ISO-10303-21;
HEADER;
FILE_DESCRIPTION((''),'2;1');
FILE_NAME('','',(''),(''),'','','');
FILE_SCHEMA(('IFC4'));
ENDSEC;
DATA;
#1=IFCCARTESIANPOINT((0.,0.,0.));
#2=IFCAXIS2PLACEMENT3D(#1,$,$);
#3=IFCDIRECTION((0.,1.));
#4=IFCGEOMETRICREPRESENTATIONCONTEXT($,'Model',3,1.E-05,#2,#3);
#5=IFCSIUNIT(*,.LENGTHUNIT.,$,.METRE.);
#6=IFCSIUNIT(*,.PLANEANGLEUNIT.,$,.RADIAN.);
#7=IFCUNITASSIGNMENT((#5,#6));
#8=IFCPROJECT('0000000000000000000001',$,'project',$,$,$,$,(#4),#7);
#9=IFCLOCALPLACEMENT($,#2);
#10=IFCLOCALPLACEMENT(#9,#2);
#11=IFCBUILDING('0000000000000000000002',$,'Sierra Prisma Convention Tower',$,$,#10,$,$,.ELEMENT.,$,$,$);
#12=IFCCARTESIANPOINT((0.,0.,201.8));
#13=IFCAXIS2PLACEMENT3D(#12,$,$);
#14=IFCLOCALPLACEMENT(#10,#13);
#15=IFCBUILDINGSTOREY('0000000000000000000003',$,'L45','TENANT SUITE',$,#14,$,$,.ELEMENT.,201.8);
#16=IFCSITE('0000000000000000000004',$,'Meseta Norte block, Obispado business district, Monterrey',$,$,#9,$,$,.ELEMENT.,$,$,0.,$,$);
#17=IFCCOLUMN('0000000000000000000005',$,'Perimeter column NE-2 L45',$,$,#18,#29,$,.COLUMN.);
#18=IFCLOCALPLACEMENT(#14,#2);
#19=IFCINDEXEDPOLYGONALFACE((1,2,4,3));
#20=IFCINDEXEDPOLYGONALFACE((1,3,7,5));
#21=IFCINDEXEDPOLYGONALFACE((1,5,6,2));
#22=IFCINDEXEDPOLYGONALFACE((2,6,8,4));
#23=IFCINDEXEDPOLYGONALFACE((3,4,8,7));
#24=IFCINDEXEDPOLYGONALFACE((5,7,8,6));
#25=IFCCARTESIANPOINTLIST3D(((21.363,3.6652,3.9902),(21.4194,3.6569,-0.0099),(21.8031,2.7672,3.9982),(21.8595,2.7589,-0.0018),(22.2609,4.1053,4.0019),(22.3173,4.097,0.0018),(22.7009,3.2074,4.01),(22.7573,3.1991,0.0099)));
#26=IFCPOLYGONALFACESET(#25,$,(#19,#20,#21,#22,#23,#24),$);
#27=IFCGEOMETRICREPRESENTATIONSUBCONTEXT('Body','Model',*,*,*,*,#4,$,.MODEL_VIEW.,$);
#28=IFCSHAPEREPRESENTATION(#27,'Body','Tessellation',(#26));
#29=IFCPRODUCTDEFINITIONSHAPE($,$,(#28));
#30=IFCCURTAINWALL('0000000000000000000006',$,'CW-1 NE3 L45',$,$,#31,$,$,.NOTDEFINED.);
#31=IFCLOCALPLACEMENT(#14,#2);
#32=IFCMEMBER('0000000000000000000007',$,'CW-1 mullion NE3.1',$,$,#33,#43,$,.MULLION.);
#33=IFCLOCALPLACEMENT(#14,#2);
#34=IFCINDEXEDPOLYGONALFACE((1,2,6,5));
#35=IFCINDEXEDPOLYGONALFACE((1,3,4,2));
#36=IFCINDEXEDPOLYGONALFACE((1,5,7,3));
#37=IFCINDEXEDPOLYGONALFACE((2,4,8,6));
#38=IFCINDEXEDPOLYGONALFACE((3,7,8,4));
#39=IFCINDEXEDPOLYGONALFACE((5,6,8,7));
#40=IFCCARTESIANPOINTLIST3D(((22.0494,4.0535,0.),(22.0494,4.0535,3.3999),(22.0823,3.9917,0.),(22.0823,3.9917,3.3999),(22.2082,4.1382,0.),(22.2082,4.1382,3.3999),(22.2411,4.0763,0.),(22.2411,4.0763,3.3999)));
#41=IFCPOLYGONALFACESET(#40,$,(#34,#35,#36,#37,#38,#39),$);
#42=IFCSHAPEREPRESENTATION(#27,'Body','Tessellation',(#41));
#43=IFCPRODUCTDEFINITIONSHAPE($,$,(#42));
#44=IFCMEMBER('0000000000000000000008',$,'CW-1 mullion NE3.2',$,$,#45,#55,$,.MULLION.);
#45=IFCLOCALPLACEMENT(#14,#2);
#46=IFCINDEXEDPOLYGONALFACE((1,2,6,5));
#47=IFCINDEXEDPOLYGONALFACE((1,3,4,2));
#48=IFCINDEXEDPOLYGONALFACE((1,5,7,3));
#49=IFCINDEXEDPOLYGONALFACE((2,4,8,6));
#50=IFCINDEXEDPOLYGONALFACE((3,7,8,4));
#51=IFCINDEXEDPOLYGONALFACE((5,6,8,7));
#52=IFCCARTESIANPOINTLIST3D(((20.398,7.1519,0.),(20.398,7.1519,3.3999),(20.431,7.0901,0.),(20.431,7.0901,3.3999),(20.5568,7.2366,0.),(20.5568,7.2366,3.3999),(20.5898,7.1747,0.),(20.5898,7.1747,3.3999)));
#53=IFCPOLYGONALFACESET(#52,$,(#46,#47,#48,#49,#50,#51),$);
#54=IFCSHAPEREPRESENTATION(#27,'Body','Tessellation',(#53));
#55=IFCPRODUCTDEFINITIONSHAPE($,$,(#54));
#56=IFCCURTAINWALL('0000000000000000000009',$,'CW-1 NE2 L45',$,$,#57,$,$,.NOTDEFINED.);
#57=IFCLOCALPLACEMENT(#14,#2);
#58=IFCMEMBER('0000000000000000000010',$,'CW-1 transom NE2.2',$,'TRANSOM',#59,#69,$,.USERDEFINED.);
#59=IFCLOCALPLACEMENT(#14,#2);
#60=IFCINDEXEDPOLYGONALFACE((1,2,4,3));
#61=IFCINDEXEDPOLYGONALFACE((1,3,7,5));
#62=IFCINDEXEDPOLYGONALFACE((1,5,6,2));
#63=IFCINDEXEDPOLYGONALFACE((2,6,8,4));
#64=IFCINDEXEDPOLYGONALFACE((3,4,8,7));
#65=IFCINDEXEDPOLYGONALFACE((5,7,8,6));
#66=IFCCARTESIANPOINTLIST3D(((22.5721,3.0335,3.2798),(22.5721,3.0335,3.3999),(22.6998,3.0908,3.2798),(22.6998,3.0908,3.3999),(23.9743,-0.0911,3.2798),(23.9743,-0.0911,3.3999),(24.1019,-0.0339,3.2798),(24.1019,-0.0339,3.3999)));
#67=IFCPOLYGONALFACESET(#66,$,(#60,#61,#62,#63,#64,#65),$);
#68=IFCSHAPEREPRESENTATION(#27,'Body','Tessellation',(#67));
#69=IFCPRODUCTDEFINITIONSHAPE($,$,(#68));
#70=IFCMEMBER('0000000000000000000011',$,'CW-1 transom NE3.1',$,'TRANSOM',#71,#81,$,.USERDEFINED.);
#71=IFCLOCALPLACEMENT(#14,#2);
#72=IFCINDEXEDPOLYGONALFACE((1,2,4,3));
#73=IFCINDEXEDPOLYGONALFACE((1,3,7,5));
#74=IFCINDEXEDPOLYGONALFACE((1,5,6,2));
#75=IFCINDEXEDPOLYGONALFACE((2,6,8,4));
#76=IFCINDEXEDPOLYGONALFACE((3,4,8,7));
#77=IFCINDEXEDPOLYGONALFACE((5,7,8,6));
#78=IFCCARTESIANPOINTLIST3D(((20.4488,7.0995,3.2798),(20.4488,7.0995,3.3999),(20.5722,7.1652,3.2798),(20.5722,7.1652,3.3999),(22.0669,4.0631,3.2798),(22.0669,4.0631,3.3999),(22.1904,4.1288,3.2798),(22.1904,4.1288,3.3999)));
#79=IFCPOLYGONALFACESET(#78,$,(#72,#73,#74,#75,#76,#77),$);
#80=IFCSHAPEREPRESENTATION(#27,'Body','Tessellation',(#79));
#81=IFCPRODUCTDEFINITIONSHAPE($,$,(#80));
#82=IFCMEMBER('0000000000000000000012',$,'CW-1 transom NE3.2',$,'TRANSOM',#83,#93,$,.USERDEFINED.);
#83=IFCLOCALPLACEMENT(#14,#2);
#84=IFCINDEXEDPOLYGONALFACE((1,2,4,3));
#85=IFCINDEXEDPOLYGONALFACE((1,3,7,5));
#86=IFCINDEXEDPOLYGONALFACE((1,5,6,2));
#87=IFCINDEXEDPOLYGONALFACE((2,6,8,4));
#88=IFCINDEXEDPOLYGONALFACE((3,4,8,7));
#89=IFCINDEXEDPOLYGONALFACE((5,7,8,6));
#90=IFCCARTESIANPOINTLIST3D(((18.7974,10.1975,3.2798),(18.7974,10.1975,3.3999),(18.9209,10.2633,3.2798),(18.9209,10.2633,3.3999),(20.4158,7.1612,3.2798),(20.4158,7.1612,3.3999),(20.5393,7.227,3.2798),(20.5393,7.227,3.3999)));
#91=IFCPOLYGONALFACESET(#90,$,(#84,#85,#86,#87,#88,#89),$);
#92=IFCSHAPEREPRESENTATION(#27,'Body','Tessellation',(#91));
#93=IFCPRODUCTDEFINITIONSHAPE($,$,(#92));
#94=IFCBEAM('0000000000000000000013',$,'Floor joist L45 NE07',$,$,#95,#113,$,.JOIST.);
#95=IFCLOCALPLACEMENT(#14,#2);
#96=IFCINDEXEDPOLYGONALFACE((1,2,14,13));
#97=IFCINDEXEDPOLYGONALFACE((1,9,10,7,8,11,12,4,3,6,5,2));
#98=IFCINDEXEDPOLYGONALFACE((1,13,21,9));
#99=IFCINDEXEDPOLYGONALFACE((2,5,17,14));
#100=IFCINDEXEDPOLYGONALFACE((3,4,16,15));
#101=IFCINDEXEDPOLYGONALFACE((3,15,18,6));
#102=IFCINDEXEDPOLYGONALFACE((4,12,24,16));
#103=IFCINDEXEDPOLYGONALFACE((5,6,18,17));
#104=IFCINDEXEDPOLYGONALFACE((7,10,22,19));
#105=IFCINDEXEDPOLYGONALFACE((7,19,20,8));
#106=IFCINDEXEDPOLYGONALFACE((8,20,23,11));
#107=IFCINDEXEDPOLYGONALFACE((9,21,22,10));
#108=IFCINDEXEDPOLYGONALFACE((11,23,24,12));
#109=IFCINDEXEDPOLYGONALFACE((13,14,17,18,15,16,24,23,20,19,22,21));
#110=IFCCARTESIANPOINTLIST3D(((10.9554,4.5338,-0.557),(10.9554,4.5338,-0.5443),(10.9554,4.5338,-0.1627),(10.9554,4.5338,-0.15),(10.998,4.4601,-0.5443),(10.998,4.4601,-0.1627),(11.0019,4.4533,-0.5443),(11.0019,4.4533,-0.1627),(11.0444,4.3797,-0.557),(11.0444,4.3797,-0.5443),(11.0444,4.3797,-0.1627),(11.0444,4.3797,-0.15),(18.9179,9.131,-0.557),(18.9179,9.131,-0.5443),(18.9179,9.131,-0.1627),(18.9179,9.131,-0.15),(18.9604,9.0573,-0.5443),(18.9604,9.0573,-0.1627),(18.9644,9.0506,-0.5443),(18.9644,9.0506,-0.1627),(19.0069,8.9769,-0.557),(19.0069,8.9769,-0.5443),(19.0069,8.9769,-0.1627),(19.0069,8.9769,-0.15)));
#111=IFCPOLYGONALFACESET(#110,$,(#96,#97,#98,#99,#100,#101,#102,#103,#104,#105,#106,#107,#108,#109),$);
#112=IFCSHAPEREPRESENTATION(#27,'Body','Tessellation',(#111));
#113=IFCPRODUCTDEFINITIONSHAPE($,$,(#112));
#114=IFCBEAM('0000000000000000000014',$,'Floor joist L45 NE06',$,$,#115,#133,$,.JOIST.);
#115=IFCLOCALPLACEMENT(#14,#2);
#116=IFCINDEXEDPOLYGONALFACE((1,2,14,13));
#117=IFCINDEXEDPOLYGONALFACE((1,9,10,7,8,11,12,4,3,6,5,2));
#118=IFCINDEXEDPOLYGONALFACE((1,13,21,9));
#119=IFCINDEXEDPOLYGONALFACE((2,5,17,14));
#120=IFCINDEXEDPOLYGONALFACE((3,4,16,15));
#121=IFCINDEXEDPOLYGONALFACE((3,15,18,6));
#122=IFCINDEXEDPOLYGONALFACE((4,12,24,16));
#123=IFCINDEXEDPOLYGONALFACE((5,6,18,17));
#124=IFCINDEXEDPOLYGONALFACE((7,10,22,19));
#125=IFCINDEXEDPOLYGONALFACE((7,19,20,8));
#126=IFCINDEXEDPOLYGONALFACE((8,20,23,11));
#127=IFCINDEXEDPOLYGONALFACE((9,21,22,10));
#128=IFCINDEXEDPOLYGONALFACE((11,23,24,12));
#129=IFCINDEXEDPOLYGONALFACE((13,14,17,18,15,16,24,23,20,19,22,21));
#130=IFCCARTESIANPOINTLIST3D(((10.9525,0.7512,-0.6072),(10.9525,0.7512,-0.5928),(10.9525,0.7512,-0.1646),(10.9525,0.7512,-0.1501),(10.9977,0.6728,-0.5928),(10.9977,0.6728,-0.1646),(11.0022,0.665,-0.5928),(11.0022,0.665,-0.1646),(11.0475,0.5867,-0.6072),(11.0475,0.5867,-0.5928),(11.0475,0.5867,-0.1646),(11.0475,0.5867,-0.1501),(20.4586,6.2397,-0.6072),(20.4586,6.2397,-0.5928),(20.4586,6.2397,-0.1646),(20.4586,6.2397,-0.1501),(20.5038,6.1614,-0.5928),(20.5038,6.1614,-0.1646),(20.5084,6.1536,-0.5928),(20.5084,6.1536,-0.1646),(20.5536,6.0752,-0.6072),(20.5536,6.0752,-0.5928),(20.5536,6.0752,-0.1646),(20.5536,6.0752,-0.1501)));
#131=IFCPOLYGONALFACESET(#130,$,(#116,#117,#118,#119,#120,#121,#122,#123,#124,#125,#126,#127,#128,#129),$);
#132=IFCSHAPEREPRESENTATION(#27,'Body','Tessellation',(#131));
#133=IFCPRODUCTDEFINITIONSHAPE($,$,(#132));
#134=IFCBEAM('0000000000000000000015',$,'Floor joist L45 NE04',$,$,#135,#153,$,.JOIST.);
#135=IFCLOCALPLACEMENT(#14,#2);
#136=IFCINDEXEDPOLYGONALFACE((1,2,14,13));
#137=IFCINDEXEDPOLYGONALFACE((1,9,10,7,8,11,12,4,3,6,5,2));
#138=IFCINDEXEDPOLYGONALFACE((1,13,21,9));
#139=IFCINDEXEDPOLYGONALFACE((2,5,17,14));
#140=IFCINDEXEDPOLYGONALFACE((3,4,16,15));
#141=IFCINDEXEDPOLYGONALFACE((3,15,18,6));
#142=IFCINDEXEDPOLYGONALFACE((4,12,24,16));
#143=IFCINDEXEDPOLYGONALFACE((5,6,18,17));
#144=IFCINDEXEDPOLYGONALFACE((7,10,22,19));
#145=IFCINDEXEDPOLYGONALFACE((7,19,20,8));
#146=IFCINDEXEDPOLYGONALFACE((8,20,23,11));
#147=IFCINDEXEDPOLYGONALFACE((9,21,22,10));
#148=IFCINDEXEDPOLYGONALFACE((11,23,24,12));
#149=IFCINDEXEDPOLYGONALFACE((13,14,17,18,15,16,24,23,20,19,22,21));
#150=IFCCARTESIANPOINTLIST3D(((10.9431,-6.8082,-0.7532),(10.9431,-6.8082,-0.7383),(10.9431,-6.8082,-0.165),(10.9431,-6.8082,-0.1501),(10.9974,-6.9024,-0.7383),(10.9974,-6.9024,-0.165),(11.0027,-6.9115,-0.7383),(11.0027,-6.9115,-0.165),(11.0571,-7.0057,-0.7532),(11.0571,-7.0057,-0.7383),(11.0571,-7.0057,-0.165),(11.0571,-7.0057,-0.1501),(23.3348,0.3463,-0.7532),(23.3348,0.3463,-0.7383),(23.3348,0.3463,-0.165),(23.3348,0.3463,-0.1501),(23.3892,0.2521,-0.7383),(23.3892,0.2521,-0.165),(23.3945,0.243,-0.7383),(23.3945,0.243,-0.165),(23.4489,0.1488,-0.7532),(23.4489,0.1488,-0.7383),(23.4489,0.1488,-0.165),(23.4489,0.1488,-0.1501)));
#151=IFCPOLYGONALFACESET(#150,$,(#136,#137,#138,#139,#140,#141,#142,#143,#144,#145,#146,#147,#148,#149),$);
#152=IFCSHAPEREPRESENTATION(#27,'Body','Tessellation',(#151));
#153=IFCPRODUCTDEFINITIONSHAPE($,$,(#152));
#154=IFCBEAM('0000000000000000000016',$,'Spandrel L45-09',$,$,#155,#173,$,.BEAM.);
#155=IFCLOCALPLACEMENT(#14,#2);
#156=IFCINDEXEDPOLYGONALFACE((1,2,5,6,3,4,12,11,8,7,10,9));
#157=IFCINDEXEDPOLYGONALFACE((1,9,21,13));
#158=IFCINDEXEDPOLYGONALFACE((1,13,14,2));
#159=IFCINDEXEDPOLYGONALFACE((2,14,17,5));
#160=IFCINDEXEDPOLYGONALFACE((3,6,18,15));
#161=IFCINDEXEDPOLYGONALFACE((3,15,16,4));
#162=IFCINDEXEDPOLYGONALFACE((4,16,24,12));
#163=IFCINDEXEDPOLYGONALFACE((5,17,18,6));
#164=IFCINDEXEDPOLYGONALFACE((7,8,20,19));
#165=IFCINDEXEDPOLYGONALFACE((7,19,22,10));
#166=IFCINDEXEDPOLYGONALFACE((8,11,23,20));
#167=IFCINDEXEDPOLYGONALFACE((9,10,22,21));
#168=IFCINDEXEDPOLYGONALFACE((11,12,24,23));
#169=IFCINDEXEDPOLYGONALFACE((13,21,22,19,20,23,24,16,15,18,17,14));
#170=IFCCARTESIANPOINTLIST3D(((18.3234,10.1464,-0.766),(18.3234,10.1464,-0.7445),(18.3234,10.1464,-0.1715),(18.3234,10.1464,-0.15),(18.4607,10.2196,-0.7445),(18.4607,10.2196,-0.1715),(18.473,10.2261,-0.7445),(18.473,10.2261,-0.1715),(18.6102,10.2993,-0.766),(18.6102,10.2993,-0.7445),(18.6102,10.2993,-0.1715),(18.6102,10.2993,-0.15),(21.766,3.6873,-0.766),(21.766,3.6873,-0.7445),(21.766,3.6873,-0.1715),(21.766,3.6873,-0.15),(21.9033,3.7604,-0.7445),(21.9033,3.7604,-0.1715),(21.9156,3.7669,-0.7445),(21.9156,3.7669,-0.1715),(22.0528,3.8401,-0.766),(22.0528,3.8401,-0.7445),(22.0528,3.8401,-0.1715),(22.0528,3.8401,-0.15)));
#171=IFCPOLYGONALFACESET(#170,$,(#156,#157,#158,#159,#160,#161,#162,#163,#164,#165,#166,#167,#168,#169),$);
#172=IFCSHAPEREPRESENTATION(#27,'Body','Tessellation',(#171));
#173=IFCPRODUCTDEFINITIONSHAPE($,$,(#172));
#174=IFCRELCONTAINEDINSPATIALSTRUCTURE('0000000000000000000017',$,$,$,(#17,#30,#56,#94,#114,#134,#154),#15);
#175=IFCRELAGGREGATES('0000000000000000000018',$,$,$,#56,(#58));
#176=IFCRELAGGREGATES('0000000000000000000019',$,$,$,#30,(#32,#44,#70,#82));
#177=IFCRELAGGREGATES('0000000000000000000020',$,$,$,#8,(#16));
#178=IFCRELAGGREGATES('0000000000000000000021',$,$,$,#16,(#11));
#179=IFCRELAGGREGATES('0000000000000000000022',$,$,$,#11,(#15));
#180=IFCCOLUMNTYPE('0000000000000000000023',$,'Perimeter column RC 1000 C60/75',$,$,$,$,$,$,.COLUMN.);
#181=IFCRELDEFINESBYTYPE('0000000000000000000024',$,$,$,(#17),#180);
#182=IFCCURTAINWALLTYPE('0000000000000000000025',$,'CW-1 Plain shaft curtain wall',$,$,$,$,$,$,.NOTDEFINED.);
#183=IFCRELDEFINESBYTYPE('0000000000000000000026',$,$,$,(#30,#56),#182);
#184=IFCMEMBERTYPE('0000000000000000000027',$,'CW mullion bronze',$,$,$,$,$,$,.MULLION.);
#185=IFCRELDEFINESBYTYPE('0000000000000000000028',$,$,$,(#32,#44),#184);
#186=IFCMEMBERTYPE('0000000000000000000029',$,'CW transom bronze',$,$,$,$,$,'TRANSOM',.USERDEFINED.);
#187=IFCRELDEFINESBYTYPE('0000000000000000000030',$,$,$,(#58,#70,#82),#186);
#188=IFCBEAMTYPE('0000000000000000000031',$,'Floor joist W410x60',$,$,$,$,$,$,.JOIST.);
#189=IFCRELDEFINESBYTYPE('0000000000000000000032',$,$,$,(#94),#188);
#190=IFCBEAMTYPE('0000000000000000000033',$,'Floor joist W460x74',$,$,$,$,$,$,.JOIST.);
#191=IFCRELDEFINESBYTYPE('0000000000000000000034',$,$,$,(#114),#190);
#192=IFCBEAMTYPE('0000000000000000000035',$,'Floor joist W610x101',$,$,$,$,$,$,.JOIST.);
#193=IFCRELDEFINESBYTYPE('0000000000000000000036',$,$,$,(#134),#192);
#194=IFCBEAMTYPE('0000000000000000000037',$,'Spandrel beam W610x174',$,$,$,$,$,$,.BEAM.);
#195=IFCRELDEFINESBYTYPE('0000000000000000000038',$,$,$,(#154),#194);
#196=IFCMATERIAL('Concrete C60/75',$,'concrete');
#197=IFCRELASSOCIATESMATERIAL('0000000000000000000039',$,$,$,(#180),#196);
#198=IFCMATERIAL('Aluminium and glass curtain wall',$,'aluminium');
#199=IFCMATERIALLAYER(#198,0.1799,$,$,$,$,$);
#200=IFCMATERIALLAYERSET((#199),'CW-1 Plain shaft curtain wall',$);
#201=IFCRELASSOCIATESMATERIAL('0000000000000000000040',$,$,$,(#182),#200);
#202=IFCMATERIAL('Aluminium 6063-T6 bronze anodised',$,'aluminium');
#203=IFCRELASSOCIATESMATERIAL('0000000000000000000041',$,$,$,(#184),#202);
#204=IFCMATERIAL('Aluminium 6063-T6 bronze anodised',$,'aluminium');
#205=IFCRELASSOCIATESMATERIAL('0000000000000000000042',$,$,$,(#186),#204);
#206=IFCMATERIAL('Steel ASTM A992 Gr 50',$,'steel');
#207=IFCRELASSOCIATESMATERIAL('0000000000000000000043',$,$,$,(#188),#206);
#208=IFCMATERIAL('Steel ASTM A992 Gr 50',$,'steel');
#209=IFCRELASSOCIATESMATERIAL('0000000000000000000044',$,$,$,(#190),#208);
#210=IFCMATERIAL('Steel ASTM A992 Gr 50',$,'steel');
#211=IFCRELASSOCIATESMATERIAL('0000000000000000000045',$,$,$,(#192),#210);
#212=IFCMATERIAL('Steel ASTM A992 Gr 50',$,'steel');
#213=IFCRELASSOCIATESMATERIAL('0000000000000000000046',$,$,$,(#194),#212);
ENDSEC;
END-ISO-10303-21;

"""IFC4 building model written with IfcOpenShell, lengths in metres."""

from ifc_helpers import new_model, si_unit, direction, frame, origin, origin_2d, place, context, subcontext, project, spatial, rectangle, i_section, extrude, material, layer, layer_set, material_profile, profile_set, type_object, element, aggregate, save


model = new_model("IFC4")

# Units and contexts
model_context = context("Model", 3, precision=1e-05, world=origin(), true_north=direction((0.0, 1.0)))
body_context = subcontext(model_context, "Body", "Model", "MODEL_VIEW")
ifc_project = project(units=[si_unit("LENGTHUNIT", "METRE"), si_unit("PLANEANGLEUNIT", "RADIAN")], contexts=[model_context])

# Site, building, storey
site_placement = place(None, origin())
site = spatial("IfcSite", under=ifc_project, at=site_placement, Name="Meseta Norte block, Obispado business district, Monterrey", CompositionType="ELEMENT", RefElevation=0.0)
building_placement = place(site_placement, origin())
building = spatial("IfcBuilding", under=site, at=building_placement, Name="Sierra Prisma Convention Tower", CompositionType="ELEMENT")
storey_placement = place(building_placement, frame((0.0, 0.0, 201.8)))
storey = spatial("IfcBuildingStorey", under=building, at=storey_placement, Name="L45", Description="TENANT SUITE", CompositionType="ELEMENT", Elevation=201.8)

# Column
ifc_material_1 = material(Name="Concrete C60/75", Category="concrete")
ifc_material_profile_1 = material_profile(ifc_material_1, rectangle(XDim=1.0, YDim=1.0, at=origin_2d()), Name="Perimeter column RC 1000 C60/75")
ifc_profile_set_1 = profile_set([ifc_material_profile_1], Name="Concrete C60/75")
column_type = type_object("IfcColumnType", Name="Perimeter column RC 1000 C60/75", PredefinedType="COLUMN", material=ifc_profile_set_1)
column_placement = place(storey_placement, frame((22.0884, 3.428, 0.0), z_axis=(-0.014098, 0.002075, 0.999898), x_axis=(-0.440091, 0.897917, -0.008068)))
element("IfcColumn", 1, at=column_placement, inside=storey, type_object=column_type, Name="Perimeter column NE-2 L45", PredefinedType="COLUMN", context=body_context, shape_type="SweptSolid", body=[
    extrude(rectangle(XDim=1.0, YDim=1.0, at=origin_2d()), origin(), (0.0, 0.0, 1.0), 4.0005),
])

# Curtain wall, members
ifc_material_2 = material(Name="Aluminium and glass curtain wall", Category="aluminium")
ifc_layer_1 = layer(ifc_material_2, 0.1799)
ifc_layer_set_1 = layer_set([ifc_layer_1], Name="CW-1 Plain shaft curtain wall")
curtain_wall_type = type_object("IfcCurtainWallType", Name="CW-1 Plain shaft curtain wall", PredefinedType="NOTDEFINED", material=ifc_layer_set_1)
curtain_wall_1_placement = place(storey_placement, origin())
curtain_wall_1 = element("IfcCurtainWall", 2, at=curtain_wall_1_placement, inside=storey, type_object=curtain_wall_type, Name="CW-1 NE3 L45", PredefinedType="NOTDEFINED")
ifc_material_3 = material(Name="Aluminium 6063-T6 bronze anodised", Category="aluminium")
ifc_material_profile_2 = material_profile(ifc_material_3, rectangle(XDim=0.1799, YDim=0.0701, at=origin_2d()), Name="ALU MULLION 70x180")
ifc_profile_set_2 = profile_set([ifc_material_profile_2], Name="Aluminium 6063-T6 bronze anodised")
member_type_1 = type_object("IfcMemberType", Name="CW mullion bronze", PredefinedType="MULLION", material=ifc_profile_set_2)
member_1_placement = place(storey_placement, frame((22.1453, 4.0649, 0.0), z_axis=(0.0, 0.0, 1.0), x_axis=(-0.882486, -0.470338, 0.0)))
member_1 = element("IfcMember", 3, at=member_1_placement, type_object=member_type_1, Name="CW-1 mullion NE3.1", PredefinedType="MULLION", context=body_context, shape_type="SweptSolid", body=[
    extrude(rectangle(XDim=0.1799, YDim=0.0701, at=origin_2d()), origin(), (0.0, 0.0, 1.0), 3.3999),
])
member_2_placement = place(storey_placement, frame((20.4939, 7.1633, 0.0), z_axis=(0.0, 0.0, 1.0), x_axis=(-0.882486, -0.470338, 0.0)))
member_2 = element("IfcMember", 4, at=member_2_placement, type_object=member_type_1, Name="CW-1 mullion NE3.2", PredefinedType="MULLION", context=body_context, shape_type="SweptSolid", body=[
    extrude(rectangle(XDim=0.1799, YDim=0.0701, at=origin_2d()), origin(), (0.0, 0.0, 1.0), 3.3999),
])

# Curtain wall, member
curtain_wall_2_placement = place(storey_placement, origin())
curtain_wall_2 = element("IfcCurtainWall", 5, at=curtain_wall_2_placement, inside=storey, type_object=curtain_wall_type, Name="CW-1 NE2 L45", PredefinedType="NOTDEFINED")
ifc_material_4 = material(Name="Aluminium 6063-T6 bronze anodised", Category="aluminium")
ifc_material_profile_3 = material_profile(ifc_material_4, rectangle(XDim=0.1399, YDim=0.1201, at=origin_2d()), Name="ALU TRANSOM 120x140")
ifc_profile_set_3 = profile_set([ifc_material_profile_3], Name="Aluminium 6063-T6 bronze anodised")
member_type_2 = type_object("IfcMemberType", Name="CW transom bronze", ElementType="TRANSOM", PredefinedType="USERDEFINED", material=ifc_profile_set_3)
member_3_placement = place(storey_placement, frame((24.0381, -0.0625, 3.3398), z_axis=(-0.40941, 0.912351, 0.0), x_axis=(-0.912351, -0.40941, 0.0)))
member_3 = element("IfcMember", 6, at=member_3_placement, type_object=member_type_2, Name="CW-1 transom NE2.2", ObjectType="TRANSOM", PredefinedType="USERDEFINED", context=body_context, shape_type="SweptSolid", body=[
    extrude(rectangle(XDim=0.1399, YDim=0.1201, at=origin_2d()), origin(), (0.0, 0.0, 1.0), 3.4248),
])

# Members
member_4_placement = place(storey_placement, frame((22.1287, 4.0959, 3.3398), z_axis=(-0.470308, 0.882502, 0.0), x_axis=(-0.882502, -0.470308, 0.0)))
member_4 = element("IfcMember", 7, at=member_4_placement, type_object=member_type_2, Name="CW-1 transom NE3.1", ObjectType="TRANSOM", PredefinedType="USERDEFINED", context=body_context, shape_type="SweptSolid", body=[
    extrude(rectangle(XDim=0.1399, YDim=0.1201, at=origin_2d()), origin(), (0.0, 0.0, 1.0), 3.4407),
])
member_5_placement = place(storey_placement, frame((20.4775, 7.1941, 3.3398), z_axis=(-0.470364, 0.882473, 0.0), x_axis=(-0.882473, -0.470364, 0.0)))
member_5 = element("IfcMember", 8, at=member_5_placement, type_object=member_type_2, Name="CW-1 transom NE3.2", ObjectType="TRANSOM", PredefinedType="USERDEFINED", context=body_context, shape_type="SweptSolid", body=[
    extrude(rectangle(XDim=0.1399, YDim=0.1201, at=origin_2d()), origin(), (0.0, 0.0, 1.0), 3.4407),
])

# Beams
ifc_material_5 = material(Name="Steel ASTM A992 Gr 50", Category="steel")
ifc_material_profile_4 = material_profile(ifc_material_5, i_section(OverallWidth=0.178, OverallDepth=0.407, WebThickness=0.0078, FlangeThickness=0.0127, at=origin_2d()), Name="W410x60")
ifc_profile_set_4 = profile_set([ifc_material_profile_4], Name="Steel ASTM A992 Gr 50")
beam_type_1 = type_object("IfcBeamType", Name="Floor joist W410x60", PredefinedType="JOIST", material=ifc_profile_set_4)
beam_1_placement = place(storey_placement, frame((18.9624, 9.054, -0.3535), z_axis=(-0.866022, -0.500006, 0.0), x_axis=(0.500006, -0.866022, 0.0)))
element("IfcBeam", 9, at=beam_1_placement, inside=storey, type_object=beam_type_1, Name="Floor joist L45 NE07", PredefinedType="JOIST", context=body_context, shape_type="SweptSolid", body=[
    extrude(i_section(OverallWidth=0.178, OverallDepth=0.407, WebThickness=0.0078, FlangeThickness=0.0127, at=origin_2d()), origin(), (0.0, 0.0, 1.0), 9.1943),
])
ifc_material_6 = material(Name="Steel ASTM A992 Gr 50", Category="steel")
ifc_material_profile_5 = material_profile(ifc_material_6, i_section(OverallWidth=0.1899, OverallDepth=0.457, WebThickness=0.009, FlangeThickness=0.0144, at=origin_2d()), Name="W460x74")
ifc_profile_set_5 = profile_set([ifc_material_profile_5], Name="Steel ASTM A992 Gr 50")
beam_type_2 = type_object("IfcBeamType", Name="Floor joist W460x74", PredefinedType="JOIST", material=ifc_profile_set_5)
beam_2_placement = place(storey_placement, frame((20.5061, 6.1575, -0.3787), z_axis=(-0.866019, -0.500012, 0.0), x_axis=(0.500012, -0.866019, 0.0)))
element("IfcBeam", 10, at=beam_2_placement, inside=storey, type_object=beam_type_2, Name="Floor joist L45 NE06", PredefinedType="JOIST", context=body_context, shape_type="SweptSolid", body=[
    extrude(i_section(OverallWidth=0.1899, OverallDepth=0.457, WebThickness=0.009, FlangeThickness=0.0144, at=origin_2d()), origin(), (0.0, 0.0, 1.0), 10.9768),
])
ifc_material_7 = material(Name="Steel ASTM A992 Gr 50", Category="steel")
ifc_material_profile_6 = material_profile(ifc_material_7, i_section(OverallWidth=0.228, OverallDepth=0.603, WebThickness=0.0105, FlangeThickness=0.0149, at=origin_2d()), Name="W610x101")
ifc_profile_set_6 = profile_set([ifc_material_profile_6], Name="Steel ASTM A992 Gr 50")
beam_type_3 = type_object("IfcBeamType", Name="Floor joist W610x101", PredefinedType="JOIST", material=ifc_profile_set_6)
beam_3_placement = place(storey_placement, frame((23.3918, 0.2476, -0.4517), z_axis=(-0.866022, -0.500006, 0.0), x_axis=(0.500006, -0.866022, 0.0)))
element("IfcBeam", 11, at=beam_3_placement, inside=storey, type_object=beam_type_3, Name="Floor joist L45 NE04", PredefinedType="JOIST", context=body_context, shape_type="SweptSolid", body=[
    extrude(i_section(OverallWidth=0.228, OverallDepth=0.603, WebThickness=0.0105, FlangeThickness=0.0149, at=origin_2d()), origin(), (0.0, 0.0, 1.0), 14.3088),
])
ifc_material_8 = material(Name="Steel ASTM A992 Gr 50", Category="steel")
ifc_material_profile_7 = material_profile(ifc_material_8, i_section(OverallWidth=0.325, OverallDepth=0.616, WebThickness=0.0139, FlangeThickness=0.0215, at=origin_2d()), Name="W610x174")
ifc_profile_set_7 = profile_set([ifc_material_profile_7], Name="Steel ASTM A992 Gr 50")
beam_type_4 = type_object("IfcBeamType", Name="Spandrel beam W610x174", PredefinedType="BEAM", material=ifc_profile_set_7)
beam_4_placement = place(storey_placement, frame((21.9094, 3.7637, -0.458), z_axis=(-0.470344, 0.882483, 0.0), x_axis=(-0.882483, -0.470344, 0.0)))
element("IfcBeam", 12, at=beam_4_placement, inside=storey, type_object=beam_type_4, Name="Spandrel L45-09", PredefinedType="BEAM", context=body_context, shape_type="SweptSolid", body=[
    extrude(i_section(OverallWidth=0.325, OverallDepth=0.616, WebThickness=0.0139, FlangeThickness=0.0215, at=origin_2d()), origin(), (0.0, 0.0, 1.0), 7.3193),
])

aggregate(curtain_wall_2, [member_3])
aggregate(curtain_wall_1, [member_1, member_2, member_4, member_5])

save(model, "model.ifc")
